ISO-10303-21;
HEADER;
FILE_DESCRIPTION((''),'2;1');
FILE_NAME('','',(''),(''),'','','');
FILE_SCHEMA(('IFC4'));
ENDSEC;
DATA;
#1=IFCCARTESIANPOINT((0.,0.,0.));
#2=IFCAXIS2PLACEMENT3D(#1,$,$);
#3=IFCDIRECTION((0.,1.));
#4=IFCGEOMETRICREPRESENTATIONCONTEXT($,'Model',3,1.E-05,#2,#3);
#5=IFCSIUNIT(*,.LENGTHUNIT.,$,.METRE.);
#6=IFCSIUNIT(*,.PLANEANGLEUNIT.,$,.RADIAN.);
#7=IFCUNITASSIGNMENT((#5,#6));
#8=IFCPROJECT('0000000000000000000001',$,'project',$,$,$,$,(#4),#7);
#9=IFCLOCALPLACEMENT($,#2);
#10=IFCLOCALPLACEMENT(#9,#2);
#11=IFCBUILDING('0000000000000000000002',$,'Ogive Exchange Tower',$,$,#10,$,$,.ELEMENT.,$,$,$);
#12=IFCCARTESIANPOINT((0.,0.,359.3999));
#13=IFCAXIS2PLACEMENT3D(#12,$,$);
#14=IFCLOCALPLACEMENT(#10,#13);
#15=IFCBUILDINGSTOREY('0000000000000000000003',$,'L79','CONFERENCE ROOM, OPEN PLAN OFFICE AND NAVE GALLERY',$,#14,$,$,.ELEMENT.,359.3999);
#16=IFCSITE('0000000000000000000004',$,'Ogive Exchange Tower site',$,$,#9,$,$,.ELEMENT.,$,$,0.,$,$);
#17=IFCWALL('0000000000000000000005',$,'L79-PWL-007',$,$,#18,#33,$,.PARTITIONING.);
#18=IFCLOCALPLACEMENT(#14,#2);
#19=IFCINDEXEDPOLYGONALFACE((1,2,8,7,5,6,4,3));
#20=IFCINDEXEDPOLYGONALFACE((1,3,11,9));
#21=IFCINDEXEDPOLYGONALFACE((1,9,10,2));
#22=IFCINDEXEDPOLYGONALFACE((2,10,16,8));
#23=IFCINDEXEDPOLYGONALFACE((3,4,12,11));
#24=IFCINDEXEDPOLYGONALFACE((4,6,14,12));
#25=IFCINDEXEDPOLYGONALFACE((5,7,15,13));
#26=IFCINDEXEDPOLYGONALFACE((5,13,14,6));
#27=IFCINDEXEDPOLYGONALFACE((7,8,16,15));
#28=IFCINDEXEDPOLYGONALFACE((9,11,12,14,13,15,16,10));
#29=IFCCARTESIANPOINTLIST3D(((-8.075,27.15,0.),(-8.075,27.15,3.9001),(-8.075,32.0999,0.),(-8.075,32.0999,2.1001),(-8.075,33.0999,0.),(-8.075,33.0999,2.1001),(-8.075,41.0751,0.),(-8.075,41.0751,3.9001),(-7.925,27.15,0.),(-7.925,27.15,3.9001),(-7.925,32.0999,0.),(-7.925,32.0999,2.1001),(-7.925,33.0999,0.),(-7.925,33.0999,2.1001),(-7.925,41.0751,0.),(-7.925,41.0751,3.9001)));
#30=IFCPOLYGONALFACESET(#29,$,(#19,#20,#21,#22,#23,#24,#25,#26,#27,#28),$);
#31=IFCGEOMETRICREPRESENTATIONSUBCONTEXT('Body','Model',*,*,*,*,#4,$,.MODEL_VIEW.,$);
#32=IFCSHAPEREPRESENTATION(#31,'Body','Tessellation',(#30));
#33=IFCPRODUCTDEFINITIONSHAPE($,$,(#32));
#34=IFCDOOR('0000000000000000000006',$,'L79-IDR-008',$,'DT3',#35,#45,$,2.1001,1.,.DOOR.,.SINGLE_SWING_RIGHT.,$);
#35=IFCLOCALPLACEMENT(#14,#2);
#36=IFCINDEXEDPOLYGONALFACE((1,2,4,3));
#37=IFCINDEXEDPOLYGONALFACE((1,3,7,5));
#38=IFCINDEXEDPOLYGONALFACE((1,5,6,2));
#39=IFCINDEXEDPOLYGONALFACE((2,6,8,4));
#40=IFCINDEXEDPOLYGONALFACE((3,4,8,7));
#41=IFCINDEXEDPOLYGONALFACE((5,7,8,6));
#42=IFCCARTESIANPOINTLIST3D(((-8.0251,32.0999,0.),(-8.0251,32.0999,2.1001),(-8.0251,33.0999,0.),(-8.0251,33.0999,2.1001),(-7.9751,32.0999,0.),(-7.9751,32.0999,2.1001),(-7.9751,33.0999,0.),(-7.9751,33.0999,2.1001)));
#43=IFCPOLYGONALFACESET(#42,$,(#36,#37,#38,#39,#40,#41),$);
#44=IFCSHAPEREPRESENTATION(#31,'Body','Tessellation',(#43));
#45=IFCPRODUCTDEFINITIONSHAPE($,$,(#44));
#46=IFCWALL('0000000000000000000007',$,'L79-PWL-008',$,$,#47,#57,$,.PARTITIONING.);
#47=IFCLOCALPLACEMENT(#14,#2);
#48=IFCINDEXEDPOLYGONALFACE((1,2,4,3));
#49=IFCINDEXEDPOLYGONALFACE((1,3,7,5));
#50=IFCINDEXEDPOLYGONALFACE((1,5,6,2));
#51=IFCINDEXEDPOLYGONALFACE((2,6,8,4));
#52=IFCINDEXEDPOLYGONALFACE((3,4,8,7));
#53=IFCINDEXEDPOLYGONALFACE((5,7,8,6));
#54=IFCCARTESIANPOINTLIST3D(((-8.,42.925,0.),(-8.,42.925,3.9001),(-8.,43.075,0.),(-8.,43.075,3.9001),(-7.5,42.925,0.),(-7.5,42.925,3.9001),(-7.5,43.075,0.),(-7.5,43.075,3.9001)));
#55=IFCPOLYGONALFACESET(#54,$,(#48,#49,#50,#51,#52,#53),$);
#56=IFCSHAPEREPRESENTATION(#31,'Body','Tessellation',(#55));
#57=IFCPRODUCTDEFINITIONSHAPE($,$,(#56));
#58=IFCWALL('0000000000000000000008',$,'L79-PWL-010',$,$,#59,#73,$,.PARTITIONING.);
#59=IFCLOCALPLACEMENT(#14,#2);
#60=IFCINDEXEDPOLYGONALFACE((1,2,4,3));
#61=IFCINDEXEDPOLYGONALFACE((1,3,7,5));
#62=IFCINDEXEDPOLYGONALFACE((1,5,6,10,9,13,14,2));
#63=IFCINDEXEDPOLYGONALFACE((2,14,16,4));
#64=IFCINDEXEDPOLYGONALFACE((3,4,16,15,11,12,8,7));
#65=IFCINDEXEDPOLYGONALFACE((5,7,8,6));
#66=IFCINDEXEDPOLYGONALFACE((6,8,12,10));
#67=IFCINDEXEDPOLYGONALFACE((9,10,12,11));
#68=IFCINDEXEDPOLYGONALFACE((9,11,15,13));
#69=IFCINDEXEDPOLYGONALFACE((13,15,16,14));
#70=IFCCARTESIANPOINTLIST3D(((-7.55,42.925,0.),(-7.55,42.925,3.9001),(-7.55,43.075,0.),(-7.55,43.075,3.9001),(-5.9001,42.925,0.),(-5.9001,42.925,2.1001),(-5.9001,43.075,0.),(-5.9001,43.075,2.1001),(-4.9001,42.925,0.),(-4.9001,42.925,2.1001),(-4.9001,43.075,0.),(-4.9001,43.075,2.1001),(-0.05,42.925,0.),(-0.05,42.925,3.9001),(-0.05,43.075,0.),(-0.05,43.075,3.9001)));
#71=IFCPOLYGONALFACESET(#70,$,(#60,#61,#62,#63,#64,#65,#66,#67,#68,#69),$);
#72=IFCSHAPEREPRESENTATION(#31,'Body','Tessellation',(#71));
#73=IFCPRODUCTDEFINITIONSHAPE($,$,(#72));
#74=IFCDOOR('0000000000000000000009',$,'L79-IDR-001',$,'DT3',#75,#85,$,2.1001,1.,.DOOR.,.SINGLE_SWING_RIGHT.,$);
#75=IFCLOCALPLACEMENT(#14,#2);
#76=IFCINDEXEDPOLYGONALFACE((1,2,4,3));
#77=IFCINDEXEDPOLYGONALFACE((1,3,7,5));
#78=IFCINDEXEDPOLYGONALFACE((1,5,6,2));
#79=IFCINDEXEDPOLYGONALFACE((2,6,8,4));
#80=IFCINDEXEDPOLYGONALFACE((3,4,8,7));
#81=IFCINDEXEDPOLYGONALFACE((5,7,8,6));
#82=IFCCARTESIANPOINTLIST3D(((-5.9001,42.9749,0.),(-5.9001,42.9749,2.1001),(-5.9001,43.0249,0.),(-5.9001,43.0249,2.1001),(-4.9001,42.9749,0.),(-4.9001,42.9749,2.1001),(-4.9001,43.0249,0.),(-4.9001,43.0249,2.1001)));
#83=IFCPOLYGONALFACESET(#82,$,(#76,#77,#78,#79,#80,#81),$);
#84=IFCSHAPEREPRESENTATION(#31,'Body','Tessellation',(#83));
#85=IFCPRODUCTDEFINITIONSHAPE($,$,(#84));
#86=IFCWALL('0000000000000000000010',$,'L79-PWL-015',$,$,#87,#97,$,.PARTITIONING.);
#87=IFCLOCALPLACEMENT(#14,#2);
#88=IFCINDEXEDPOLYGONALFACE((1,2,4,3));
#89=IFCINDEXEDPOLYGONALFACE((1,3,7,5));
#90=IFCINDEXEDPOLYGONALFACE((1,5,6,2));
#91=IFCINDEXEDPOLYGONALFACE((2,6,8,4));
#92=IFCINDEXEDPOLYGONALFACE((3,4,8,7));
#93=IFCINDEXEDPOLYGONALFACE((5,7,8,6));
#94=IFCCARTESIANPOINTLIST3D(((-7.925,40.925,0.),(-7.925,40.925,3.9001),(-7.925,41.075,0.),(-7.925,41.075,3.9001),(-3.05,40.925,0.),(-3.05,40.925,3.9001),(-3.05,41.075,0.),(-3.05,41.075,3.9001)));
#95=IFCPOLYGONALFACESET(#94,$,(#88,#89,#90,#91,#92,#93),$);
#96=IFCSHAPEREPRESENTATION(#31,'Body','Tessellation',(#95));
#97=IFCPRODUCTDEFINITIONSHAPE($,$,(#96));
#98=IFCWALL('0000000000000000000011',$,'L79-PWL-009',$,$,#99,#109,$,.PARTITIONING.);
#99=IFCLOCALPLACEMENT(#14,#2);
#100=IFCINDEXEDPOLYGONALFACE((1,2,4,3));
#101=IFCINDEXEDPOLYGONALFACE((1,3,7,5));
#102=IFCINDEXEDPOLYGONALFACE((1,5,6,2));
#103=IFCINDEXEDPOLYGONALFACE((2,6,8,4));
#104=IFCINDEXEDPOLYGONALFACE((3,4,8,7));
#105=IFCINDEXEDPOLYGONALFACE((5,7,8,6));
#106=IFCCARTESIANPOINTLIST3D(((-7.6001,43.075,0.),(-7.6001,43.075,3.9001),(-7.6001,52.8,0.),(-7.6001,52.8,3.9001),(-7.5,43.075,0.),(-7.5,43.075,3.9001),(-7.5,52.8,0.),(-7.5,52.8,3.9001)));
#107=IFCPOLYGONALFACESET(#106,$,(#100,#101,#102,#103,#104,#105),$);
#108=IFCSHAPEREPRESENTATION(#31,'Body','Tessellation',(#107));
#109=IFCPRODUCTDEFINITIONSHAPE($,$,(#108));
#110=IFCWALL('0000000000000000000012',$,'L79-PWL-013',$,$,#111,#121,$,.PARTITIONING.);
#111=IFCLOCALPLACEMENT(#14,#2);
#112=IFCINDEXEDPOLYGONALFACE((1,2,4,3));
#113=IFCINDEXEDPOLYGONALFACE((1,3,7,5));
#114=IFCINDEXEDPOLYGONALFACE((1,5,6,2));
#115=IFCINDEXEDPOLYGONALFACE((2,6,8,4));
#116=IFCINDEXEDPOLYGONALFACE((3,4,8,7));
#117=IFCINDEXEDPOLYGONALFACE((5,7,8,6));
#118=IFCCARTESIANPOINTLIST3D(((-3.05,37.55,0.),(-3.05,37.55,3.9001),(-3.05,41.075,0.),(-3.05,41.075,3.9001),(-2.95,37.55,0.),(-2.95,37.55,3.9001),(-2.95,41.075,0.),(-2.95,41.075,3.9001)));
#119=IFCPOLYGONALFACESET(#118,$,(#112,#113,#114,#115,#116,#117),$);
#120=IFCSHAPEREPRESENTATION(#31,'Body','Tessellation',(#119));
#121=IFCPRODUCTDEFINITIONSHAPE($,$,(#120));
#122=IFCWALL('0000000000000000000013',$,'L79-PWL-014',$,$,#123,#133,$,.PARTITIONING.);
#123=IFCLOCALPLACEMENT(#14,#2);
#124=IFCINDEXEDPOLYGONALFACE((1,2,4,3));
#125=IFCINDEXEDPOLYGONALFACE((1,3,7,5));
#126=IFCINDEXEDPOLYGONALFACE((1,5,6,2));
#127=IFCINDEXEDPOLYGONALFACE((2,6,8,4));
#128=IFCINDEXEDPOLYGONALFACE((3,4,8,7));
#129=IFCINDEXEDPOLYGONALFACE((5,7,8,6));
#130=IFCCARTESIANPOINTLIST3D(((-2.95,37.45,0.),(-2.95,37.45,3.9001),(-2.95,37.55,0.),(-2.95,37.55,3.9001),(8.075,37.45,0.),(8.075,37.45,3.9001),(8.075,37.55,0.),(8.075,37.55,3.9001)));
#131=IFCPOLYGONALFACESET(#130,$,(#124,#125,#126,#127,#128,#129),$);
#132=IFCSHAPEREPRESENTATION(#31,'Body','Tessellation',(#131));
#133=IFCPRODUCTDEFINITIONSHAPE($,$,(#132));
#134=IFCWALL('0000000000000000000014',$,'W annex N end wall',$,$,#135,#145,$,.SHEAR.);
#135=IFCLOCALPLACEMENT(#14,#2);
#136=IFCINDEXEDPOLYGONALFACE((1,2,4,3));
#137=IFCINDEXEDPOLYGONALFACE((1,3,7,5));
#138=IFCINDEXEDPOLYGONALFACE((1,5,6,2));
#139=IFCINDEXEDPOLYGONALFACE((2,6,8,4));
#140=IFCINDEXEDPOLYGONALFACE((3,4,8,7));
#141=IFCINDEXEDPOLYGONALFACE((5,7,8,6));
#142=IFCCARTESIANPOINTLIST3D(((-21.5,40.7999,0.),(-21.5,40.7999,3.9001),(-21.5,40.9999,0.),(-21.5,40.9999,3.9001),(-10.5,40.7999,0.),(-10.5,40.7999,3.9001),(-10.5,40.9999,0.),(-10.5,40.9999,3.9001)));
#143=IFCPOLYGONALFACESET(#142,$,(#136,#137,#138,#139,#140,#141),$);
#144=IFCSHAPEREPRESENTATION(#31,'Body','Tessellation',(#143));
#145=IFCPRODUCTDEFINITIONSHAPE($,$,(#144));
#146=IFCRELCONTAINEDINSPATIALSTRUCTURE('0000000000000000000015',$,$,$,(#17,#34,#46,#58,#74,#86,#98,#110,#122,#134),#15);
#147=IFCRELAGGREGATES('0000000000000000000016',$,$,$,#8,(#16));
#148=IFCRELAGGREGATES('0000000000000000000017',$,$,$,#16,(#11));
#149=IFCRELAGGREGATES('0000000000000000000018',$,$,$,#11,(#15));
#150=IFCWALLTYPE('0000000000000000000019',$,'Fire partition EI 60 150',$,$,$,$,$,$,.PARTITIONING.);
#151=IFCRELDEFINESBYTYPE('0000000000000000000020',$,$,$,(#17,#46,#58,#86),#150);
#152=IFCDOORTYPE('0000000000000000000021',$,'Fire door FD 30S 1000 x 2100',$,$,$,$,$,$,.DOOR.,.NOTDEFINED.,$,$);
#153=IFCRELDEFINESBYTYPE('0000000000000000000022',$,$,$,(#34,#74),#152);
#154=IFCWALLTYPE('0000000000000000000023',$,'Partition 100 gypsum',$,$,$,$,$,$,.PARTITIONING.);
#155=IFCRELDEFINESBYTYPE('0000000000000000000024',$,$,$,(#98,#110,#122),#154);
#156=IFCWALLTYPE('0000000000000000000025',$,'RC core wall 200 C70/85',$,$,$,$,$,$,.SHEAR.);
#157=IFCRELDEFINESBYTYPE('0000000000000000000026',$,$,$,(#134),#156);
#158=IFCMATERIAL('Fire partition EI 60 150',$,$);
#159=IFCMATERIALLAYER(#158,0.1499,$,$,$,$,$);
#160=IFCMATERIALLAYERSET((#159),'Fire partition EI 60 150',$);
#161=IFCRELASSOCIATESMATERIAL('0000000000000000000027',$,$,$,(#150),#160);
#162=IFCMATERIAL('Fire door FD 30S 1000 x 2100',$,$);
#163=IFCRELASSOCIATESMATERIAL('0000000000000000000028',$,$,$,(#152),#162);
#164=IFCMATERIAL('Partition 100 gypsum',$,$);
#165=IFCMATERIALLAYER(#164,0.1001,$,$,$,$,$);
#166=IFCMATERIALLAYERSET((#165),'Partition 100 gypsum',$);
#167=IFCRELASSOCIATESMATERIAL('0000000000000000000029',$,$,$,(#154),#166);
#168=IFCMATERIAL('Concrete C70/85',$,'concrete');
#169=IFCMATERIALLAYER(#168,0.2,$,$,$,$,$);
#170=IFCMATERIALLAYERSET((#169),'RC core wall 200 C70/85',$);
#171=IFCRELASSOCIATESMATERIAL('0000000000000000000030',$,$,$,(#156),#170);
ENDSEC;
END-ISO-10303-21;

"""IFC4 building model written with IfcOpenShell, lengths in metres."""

from ifc_helpers import new_model, si_unit, direction, frame, frame_2d, origin, place, context, subcontext, project, spatial, rectangle, extrude, material, layer, layer_set, type_object, element, fill, save


model = new_model("IFC4")

# Units and contexts
model_context = context("Model", 3, precision=1e-05, world=origin(), true_north=direction((0.0, 1.0)))
body_context = subcontext(model_context, "Body", "Model", "MODEL_VIEW")
ifc_project = project(units=[si_unit("LENGTHUNIT", "METRE"), si_unit("PLANEANGLEUNIT", "RADIAN")], contexts=[model_context])

# Site, building, storey
site_placement = place(None, origin())
site = spatial("IfcSite", under=ifc_project, at=site_placement, Name="Ogive Exchange Tower site", CompositionType="ELEMENT", RefElevation=0.0)
building_placement = place(site_placement, origin())
building = spatial("IfcBuilding", under=site, at=building_placement, Name="Ogive Exchange Tower", CompositionType="ELEMENT")
storey_placement = place(building_placement, frame((0.0, 0.0, 359.3999)))
storey = spatial("IfcBuildingStorey", under=building, at=storey_placement, Name="L79", Description="CONFERENCE ROOM, OPEN PLAN OFFICE AND NAVE GALLERY", CompositionType="ELEMENT", Elevation=359.3999)

# Shared definitions
ifc_material_1 = material(Name="Fire partition EI 60 150")
ifc_layer_1 = layer(ifc_material_1, 0.1499)
ifc_layer_set_1 = layer_set([ifc_layer_1], Name="Fire partition EI 60 150")
wall_type_1 = type_object("IfcWallType", Name="Fire partition EI 60 150", PredefinedType="PARTITIONING", material=ifc_layer_set_1)

# Wall, opening, door
wall_1_placement = place(storey_placement, frame((-8.0, 41.075, 0.0), z_axis=(0.0, 0.0, 1.0), x_axis=(0.0, -1.0, 0.0)))
wall_1 = element("IfcWall", 1, at=wall_1_placement, inside=storey, type_object=wall_type_1, Name="L79-PWL-007", PredefinedType="PARTITIONING", context=body_context, shape_type="SweptSolid", body=[
    extrude(rectangle(XDim=13.925, YDim=0.1499, at=frame_2d((6.9624, 0.0))), origin(), (0.0, 0.0, 1.0), 3.9001),
])
opening_1_placement = place(wall_1_placement, frame((7.9751, 0.0, 0.0)))
opening_1 = element("IfcOpeningElement", 2, at=opening_1_placement, cuts=wall_1, PredefinedType="OPENING", context=body_context, shape_type="SweptSolid", body=[
    extrude(rectangle(XDim=1.0, YDim=2.1001, at=frame_2d((0.5, 1.05))), frame((0.0, 0.085, 0.0), z_axis=(0.0, -1.0, 0.0), x_axis=(1.0, 0.0, 0.0)), (0.0, 0.0, 1.0), 0.1699),
])
ifc_material_2 = material(Name="Fire door FD 30S 1000 x 2100")
door_type = type_object("IfcDoorType", Name="Fire door FD 30S 1000 x 2100", OperationType="NOTDEFINED", PredefinedType="DOOR", material=ifc_material_2)
door_1_placement = place(opening_1_placement, origin())
door_1 = element("IfcDoor", 3, at=door_1_placement, inside=storey, type_object=door_type, Name="L79-IDR-008", ObjectType="DT3", OperationType="SINGLE_SWING_RIGHT", OverallHeight=2.1001, OverallWidth=1.0, PredefinedType="DOOR", context=body_context, shape_type="SweptSolid", body=[
    extrude(rectangle(XDim=1.0, YDim=2.1001, at=frame_2d((0.5, 1.05))), frame((0.0, 0.0249, 0.0), z_axis=(0.0, -1.0, 0.0), x_axis=(1.0, 0.0, 0.0)), (0.0, 0.0, 1.0), 0.05),
])
fill(opening_1, door_1)

# Wall
wall_2_placement = place(storey_placement, frame((-8.0, 43.0, 0.0), z_axis=(0.0, 0.0, 1.0), x_axis=(1.0, 0.0, 0.0)))
element("IfcWall", 4, at=wall_2_placement, inside=storey, type_object=wall_type_1, Name="L79-PWL-008", PredefinedType="PARTITIONING", context=body_context, shape_type="SweptSolid", body=[
    extrude(rectangle(XDim=0.5, YDim=0.1499, at=frame_2d((0.25, 0.0))), origin(), (0.0, 0.0, 1.0), 3.9001),
])

# Wall, opening, door
wall_3_placement = place(storey_placement, frame((-7.55, 43.0, 0.0), z_axis=(0.0, 0.0, 1.0), x_axis=(1.0, 0.0, 0.0)))
wall_3 = element("IfcWall", 5, at=wall_3_placement, inside=storey, type_object=wall_type_1, Name="L79-PWL-010", PredefinedType="PARTITIONING", context=body_context, shape_type="SweptSolid", body=[
    extrude(rectangle(XDim=7.5, YDim=0.1499, at=frame_2d((3.75, 0.0))), origin(), (0.0, 0.0, 1.0), 3.9001),
])
opening_2_placement = place(wall_3_placement, frame((1.6499, 0.0, 0.0)))
opening_2 = element("IfcOpeningElement", 6, at=opening_2_placement, cuts=wall_3, PredefinedType="OPENING", context=body_context, shape_type="SweptSolid", body=[
    extrude(rectangle(XDim=1.0, YDim=2.1001, at=frame_2d((0.5, 1.05))), frame((0.0, 0.085, 0.0), z_axis=(0.0, -1.0, 0.0), x_axis=(1.0, 0.0, 0.0)), (0.0, 0.0, 1.0), 0.1699),
])
door_2_placement = place(opening_2_placement, origin())
door_2 = element("IfcDoor", 7, at=door_2_placement, inside=storey, type_object=door_type, Name="L79-IDR-001", ObjectType="DT3", OperationType="SINGLE_SWING_RIGHT", OverallHeight=2.1001, OverallWidth=1.0, PredefinedType="DOOR", context=body_context, shape_type="SweptSolid", body=[
    extrude(rectangle(XDim=1.0, YDim=2.1001, at=frame_2d((0.5, 1.05))), frame((0.0, 0.0249, 0.0), z_axis=(0.0, -1.0, 0.0), x_axis=(1.0, 0.0, 0.0)), (0.0, 0.0, 1.0), 0.05),
])
fill(opening_2, door_2)

# Walls
wall_4_placement = place(storey_placement, frame((-3.05, 41.0, 0.0), z_axis=(0.0, 0.0, 1.0), x_axis=(-1.0, 0.0, 0.0)))
element("IfcWall", 8, at=wall_4_placement, inside=storey, type_object=wall_type_1, Name="L79-PWL-015", PredefinedType="PARTITIONING", context=body_context, shape_type="SweptSolid", body=[
    extrude(rectangle(XDim=4.875, YDim=0.1499, at=frame_2d((2.4375, 0.0))), origin(), (0.0, 0.0, 1.0), 3.9001),
])
ifc_material_3 = material(Name="Partition 100 gypsum")
ifc_layer_2 = layer(ifc_material_3, 0.1001)
ifc_layer_set_2 = layer_set([ifc_layer_2], Name="Partition 100 gypsum")
wall_type_2 = type_object("IfcWallType", Name="Partition 100 gypsum", PredefinedType="PARTITIONING", material=ifc_layer_set_2)
wall_5_placement = place(storey_placement, frame((-7.55, 43.075, 0.0), z_axis=(0.0, 0.0, 1.0), x_axis=(0.0, 1.0, 0.0)))
element("IfcWall", 9, at=wall_5_placement, inside=storey, type_object=wall_type_2, Name="L79-PWL-009", PredefinedType="PARTITIONING", context=body_context, shape_type="SweptSolid", body=[
    extrude(rectangle(XDim=9.7251, YDim=0.1001, at=frame_2d((4.8625, 0.0))), origin(), (0.0, 0.0, 1.0), 3.9001),
])
wall_6_placement = place(storey_placement, frame((-3.0, 37.55, 0.0), z_axis=(0.0, 0.0, 1.0), x_axis=(0.0, 1.0, 0.0)))
element("IfcWall", 10, at=wall_6_placement, inside=storey, type_object=wall_type_2, Name="L79-PWL-013", PredefinedType="PARTITIONING", context=body_context, shape_type="SweptSolid", body=[
    extrude(rectangle(XDim=3.5249, YDim=0.1001, at=frame_2d((1.7625, 0.0))), origin(), (0.0, 0.0, 1.0), 3.9001),
])
wall_7_placement = place(storey_placement, frame((-2.95, 37.5, 0.0), z_axis=(0.0, 0.0, 1.0), x_axis=(1.0, 0.0, 0.0)))
element("IfcWall", 11, at=wall_7_placement, inside=storey, type_object=wall_type_2, Name="L79-PWL-014", PredefinedType="PARTITIONING", context=body_context, shape_type="SweptSolid", body=[
    extrude(rectangle(XDim=11.0249, YDim=0.1001, at=frame_2d((5.5125, 0.0))), origin(), (0.0, 0.0, 1.0), 3.9001),
])
ifc_material_4 = material(Name="Concrete C70/85", Category="concrete")
ifc_layer_3 = layer(ifc_material_4, 0.2)
ifc_layer_set_3 = layer_set([ifc_layer_3], Name="RC core wall 200 C70/85")
wall_type_3 = type_object("IfcWallType", Name="RC core wall 200 C70/85", PredefinedType="SHEAR", material=ifc_layer_set_3)
wall_8_placement = place(storey_placement, frame((-21.5, 40.8999, 0.0), z_axis=(0.0, 0.0, 1.0), x_axis=(1.0, 0.0, 0.0)))
element("IfcWall", 12, at=wall_8_placement, inside=storey, type_object=wall_type_3, Name="W annex N end wall", PredefinedType="SHEAR", context=body_context, shape_type="SweptSolid", body=[
    extrude(rectangle(XDim=11.0, YDim=0.2, at=frame_2d((5.5, 0.0))), origin(), (0.0, 0.0, 1.0), 3.9001),
])

save(model, "model.ifc")
